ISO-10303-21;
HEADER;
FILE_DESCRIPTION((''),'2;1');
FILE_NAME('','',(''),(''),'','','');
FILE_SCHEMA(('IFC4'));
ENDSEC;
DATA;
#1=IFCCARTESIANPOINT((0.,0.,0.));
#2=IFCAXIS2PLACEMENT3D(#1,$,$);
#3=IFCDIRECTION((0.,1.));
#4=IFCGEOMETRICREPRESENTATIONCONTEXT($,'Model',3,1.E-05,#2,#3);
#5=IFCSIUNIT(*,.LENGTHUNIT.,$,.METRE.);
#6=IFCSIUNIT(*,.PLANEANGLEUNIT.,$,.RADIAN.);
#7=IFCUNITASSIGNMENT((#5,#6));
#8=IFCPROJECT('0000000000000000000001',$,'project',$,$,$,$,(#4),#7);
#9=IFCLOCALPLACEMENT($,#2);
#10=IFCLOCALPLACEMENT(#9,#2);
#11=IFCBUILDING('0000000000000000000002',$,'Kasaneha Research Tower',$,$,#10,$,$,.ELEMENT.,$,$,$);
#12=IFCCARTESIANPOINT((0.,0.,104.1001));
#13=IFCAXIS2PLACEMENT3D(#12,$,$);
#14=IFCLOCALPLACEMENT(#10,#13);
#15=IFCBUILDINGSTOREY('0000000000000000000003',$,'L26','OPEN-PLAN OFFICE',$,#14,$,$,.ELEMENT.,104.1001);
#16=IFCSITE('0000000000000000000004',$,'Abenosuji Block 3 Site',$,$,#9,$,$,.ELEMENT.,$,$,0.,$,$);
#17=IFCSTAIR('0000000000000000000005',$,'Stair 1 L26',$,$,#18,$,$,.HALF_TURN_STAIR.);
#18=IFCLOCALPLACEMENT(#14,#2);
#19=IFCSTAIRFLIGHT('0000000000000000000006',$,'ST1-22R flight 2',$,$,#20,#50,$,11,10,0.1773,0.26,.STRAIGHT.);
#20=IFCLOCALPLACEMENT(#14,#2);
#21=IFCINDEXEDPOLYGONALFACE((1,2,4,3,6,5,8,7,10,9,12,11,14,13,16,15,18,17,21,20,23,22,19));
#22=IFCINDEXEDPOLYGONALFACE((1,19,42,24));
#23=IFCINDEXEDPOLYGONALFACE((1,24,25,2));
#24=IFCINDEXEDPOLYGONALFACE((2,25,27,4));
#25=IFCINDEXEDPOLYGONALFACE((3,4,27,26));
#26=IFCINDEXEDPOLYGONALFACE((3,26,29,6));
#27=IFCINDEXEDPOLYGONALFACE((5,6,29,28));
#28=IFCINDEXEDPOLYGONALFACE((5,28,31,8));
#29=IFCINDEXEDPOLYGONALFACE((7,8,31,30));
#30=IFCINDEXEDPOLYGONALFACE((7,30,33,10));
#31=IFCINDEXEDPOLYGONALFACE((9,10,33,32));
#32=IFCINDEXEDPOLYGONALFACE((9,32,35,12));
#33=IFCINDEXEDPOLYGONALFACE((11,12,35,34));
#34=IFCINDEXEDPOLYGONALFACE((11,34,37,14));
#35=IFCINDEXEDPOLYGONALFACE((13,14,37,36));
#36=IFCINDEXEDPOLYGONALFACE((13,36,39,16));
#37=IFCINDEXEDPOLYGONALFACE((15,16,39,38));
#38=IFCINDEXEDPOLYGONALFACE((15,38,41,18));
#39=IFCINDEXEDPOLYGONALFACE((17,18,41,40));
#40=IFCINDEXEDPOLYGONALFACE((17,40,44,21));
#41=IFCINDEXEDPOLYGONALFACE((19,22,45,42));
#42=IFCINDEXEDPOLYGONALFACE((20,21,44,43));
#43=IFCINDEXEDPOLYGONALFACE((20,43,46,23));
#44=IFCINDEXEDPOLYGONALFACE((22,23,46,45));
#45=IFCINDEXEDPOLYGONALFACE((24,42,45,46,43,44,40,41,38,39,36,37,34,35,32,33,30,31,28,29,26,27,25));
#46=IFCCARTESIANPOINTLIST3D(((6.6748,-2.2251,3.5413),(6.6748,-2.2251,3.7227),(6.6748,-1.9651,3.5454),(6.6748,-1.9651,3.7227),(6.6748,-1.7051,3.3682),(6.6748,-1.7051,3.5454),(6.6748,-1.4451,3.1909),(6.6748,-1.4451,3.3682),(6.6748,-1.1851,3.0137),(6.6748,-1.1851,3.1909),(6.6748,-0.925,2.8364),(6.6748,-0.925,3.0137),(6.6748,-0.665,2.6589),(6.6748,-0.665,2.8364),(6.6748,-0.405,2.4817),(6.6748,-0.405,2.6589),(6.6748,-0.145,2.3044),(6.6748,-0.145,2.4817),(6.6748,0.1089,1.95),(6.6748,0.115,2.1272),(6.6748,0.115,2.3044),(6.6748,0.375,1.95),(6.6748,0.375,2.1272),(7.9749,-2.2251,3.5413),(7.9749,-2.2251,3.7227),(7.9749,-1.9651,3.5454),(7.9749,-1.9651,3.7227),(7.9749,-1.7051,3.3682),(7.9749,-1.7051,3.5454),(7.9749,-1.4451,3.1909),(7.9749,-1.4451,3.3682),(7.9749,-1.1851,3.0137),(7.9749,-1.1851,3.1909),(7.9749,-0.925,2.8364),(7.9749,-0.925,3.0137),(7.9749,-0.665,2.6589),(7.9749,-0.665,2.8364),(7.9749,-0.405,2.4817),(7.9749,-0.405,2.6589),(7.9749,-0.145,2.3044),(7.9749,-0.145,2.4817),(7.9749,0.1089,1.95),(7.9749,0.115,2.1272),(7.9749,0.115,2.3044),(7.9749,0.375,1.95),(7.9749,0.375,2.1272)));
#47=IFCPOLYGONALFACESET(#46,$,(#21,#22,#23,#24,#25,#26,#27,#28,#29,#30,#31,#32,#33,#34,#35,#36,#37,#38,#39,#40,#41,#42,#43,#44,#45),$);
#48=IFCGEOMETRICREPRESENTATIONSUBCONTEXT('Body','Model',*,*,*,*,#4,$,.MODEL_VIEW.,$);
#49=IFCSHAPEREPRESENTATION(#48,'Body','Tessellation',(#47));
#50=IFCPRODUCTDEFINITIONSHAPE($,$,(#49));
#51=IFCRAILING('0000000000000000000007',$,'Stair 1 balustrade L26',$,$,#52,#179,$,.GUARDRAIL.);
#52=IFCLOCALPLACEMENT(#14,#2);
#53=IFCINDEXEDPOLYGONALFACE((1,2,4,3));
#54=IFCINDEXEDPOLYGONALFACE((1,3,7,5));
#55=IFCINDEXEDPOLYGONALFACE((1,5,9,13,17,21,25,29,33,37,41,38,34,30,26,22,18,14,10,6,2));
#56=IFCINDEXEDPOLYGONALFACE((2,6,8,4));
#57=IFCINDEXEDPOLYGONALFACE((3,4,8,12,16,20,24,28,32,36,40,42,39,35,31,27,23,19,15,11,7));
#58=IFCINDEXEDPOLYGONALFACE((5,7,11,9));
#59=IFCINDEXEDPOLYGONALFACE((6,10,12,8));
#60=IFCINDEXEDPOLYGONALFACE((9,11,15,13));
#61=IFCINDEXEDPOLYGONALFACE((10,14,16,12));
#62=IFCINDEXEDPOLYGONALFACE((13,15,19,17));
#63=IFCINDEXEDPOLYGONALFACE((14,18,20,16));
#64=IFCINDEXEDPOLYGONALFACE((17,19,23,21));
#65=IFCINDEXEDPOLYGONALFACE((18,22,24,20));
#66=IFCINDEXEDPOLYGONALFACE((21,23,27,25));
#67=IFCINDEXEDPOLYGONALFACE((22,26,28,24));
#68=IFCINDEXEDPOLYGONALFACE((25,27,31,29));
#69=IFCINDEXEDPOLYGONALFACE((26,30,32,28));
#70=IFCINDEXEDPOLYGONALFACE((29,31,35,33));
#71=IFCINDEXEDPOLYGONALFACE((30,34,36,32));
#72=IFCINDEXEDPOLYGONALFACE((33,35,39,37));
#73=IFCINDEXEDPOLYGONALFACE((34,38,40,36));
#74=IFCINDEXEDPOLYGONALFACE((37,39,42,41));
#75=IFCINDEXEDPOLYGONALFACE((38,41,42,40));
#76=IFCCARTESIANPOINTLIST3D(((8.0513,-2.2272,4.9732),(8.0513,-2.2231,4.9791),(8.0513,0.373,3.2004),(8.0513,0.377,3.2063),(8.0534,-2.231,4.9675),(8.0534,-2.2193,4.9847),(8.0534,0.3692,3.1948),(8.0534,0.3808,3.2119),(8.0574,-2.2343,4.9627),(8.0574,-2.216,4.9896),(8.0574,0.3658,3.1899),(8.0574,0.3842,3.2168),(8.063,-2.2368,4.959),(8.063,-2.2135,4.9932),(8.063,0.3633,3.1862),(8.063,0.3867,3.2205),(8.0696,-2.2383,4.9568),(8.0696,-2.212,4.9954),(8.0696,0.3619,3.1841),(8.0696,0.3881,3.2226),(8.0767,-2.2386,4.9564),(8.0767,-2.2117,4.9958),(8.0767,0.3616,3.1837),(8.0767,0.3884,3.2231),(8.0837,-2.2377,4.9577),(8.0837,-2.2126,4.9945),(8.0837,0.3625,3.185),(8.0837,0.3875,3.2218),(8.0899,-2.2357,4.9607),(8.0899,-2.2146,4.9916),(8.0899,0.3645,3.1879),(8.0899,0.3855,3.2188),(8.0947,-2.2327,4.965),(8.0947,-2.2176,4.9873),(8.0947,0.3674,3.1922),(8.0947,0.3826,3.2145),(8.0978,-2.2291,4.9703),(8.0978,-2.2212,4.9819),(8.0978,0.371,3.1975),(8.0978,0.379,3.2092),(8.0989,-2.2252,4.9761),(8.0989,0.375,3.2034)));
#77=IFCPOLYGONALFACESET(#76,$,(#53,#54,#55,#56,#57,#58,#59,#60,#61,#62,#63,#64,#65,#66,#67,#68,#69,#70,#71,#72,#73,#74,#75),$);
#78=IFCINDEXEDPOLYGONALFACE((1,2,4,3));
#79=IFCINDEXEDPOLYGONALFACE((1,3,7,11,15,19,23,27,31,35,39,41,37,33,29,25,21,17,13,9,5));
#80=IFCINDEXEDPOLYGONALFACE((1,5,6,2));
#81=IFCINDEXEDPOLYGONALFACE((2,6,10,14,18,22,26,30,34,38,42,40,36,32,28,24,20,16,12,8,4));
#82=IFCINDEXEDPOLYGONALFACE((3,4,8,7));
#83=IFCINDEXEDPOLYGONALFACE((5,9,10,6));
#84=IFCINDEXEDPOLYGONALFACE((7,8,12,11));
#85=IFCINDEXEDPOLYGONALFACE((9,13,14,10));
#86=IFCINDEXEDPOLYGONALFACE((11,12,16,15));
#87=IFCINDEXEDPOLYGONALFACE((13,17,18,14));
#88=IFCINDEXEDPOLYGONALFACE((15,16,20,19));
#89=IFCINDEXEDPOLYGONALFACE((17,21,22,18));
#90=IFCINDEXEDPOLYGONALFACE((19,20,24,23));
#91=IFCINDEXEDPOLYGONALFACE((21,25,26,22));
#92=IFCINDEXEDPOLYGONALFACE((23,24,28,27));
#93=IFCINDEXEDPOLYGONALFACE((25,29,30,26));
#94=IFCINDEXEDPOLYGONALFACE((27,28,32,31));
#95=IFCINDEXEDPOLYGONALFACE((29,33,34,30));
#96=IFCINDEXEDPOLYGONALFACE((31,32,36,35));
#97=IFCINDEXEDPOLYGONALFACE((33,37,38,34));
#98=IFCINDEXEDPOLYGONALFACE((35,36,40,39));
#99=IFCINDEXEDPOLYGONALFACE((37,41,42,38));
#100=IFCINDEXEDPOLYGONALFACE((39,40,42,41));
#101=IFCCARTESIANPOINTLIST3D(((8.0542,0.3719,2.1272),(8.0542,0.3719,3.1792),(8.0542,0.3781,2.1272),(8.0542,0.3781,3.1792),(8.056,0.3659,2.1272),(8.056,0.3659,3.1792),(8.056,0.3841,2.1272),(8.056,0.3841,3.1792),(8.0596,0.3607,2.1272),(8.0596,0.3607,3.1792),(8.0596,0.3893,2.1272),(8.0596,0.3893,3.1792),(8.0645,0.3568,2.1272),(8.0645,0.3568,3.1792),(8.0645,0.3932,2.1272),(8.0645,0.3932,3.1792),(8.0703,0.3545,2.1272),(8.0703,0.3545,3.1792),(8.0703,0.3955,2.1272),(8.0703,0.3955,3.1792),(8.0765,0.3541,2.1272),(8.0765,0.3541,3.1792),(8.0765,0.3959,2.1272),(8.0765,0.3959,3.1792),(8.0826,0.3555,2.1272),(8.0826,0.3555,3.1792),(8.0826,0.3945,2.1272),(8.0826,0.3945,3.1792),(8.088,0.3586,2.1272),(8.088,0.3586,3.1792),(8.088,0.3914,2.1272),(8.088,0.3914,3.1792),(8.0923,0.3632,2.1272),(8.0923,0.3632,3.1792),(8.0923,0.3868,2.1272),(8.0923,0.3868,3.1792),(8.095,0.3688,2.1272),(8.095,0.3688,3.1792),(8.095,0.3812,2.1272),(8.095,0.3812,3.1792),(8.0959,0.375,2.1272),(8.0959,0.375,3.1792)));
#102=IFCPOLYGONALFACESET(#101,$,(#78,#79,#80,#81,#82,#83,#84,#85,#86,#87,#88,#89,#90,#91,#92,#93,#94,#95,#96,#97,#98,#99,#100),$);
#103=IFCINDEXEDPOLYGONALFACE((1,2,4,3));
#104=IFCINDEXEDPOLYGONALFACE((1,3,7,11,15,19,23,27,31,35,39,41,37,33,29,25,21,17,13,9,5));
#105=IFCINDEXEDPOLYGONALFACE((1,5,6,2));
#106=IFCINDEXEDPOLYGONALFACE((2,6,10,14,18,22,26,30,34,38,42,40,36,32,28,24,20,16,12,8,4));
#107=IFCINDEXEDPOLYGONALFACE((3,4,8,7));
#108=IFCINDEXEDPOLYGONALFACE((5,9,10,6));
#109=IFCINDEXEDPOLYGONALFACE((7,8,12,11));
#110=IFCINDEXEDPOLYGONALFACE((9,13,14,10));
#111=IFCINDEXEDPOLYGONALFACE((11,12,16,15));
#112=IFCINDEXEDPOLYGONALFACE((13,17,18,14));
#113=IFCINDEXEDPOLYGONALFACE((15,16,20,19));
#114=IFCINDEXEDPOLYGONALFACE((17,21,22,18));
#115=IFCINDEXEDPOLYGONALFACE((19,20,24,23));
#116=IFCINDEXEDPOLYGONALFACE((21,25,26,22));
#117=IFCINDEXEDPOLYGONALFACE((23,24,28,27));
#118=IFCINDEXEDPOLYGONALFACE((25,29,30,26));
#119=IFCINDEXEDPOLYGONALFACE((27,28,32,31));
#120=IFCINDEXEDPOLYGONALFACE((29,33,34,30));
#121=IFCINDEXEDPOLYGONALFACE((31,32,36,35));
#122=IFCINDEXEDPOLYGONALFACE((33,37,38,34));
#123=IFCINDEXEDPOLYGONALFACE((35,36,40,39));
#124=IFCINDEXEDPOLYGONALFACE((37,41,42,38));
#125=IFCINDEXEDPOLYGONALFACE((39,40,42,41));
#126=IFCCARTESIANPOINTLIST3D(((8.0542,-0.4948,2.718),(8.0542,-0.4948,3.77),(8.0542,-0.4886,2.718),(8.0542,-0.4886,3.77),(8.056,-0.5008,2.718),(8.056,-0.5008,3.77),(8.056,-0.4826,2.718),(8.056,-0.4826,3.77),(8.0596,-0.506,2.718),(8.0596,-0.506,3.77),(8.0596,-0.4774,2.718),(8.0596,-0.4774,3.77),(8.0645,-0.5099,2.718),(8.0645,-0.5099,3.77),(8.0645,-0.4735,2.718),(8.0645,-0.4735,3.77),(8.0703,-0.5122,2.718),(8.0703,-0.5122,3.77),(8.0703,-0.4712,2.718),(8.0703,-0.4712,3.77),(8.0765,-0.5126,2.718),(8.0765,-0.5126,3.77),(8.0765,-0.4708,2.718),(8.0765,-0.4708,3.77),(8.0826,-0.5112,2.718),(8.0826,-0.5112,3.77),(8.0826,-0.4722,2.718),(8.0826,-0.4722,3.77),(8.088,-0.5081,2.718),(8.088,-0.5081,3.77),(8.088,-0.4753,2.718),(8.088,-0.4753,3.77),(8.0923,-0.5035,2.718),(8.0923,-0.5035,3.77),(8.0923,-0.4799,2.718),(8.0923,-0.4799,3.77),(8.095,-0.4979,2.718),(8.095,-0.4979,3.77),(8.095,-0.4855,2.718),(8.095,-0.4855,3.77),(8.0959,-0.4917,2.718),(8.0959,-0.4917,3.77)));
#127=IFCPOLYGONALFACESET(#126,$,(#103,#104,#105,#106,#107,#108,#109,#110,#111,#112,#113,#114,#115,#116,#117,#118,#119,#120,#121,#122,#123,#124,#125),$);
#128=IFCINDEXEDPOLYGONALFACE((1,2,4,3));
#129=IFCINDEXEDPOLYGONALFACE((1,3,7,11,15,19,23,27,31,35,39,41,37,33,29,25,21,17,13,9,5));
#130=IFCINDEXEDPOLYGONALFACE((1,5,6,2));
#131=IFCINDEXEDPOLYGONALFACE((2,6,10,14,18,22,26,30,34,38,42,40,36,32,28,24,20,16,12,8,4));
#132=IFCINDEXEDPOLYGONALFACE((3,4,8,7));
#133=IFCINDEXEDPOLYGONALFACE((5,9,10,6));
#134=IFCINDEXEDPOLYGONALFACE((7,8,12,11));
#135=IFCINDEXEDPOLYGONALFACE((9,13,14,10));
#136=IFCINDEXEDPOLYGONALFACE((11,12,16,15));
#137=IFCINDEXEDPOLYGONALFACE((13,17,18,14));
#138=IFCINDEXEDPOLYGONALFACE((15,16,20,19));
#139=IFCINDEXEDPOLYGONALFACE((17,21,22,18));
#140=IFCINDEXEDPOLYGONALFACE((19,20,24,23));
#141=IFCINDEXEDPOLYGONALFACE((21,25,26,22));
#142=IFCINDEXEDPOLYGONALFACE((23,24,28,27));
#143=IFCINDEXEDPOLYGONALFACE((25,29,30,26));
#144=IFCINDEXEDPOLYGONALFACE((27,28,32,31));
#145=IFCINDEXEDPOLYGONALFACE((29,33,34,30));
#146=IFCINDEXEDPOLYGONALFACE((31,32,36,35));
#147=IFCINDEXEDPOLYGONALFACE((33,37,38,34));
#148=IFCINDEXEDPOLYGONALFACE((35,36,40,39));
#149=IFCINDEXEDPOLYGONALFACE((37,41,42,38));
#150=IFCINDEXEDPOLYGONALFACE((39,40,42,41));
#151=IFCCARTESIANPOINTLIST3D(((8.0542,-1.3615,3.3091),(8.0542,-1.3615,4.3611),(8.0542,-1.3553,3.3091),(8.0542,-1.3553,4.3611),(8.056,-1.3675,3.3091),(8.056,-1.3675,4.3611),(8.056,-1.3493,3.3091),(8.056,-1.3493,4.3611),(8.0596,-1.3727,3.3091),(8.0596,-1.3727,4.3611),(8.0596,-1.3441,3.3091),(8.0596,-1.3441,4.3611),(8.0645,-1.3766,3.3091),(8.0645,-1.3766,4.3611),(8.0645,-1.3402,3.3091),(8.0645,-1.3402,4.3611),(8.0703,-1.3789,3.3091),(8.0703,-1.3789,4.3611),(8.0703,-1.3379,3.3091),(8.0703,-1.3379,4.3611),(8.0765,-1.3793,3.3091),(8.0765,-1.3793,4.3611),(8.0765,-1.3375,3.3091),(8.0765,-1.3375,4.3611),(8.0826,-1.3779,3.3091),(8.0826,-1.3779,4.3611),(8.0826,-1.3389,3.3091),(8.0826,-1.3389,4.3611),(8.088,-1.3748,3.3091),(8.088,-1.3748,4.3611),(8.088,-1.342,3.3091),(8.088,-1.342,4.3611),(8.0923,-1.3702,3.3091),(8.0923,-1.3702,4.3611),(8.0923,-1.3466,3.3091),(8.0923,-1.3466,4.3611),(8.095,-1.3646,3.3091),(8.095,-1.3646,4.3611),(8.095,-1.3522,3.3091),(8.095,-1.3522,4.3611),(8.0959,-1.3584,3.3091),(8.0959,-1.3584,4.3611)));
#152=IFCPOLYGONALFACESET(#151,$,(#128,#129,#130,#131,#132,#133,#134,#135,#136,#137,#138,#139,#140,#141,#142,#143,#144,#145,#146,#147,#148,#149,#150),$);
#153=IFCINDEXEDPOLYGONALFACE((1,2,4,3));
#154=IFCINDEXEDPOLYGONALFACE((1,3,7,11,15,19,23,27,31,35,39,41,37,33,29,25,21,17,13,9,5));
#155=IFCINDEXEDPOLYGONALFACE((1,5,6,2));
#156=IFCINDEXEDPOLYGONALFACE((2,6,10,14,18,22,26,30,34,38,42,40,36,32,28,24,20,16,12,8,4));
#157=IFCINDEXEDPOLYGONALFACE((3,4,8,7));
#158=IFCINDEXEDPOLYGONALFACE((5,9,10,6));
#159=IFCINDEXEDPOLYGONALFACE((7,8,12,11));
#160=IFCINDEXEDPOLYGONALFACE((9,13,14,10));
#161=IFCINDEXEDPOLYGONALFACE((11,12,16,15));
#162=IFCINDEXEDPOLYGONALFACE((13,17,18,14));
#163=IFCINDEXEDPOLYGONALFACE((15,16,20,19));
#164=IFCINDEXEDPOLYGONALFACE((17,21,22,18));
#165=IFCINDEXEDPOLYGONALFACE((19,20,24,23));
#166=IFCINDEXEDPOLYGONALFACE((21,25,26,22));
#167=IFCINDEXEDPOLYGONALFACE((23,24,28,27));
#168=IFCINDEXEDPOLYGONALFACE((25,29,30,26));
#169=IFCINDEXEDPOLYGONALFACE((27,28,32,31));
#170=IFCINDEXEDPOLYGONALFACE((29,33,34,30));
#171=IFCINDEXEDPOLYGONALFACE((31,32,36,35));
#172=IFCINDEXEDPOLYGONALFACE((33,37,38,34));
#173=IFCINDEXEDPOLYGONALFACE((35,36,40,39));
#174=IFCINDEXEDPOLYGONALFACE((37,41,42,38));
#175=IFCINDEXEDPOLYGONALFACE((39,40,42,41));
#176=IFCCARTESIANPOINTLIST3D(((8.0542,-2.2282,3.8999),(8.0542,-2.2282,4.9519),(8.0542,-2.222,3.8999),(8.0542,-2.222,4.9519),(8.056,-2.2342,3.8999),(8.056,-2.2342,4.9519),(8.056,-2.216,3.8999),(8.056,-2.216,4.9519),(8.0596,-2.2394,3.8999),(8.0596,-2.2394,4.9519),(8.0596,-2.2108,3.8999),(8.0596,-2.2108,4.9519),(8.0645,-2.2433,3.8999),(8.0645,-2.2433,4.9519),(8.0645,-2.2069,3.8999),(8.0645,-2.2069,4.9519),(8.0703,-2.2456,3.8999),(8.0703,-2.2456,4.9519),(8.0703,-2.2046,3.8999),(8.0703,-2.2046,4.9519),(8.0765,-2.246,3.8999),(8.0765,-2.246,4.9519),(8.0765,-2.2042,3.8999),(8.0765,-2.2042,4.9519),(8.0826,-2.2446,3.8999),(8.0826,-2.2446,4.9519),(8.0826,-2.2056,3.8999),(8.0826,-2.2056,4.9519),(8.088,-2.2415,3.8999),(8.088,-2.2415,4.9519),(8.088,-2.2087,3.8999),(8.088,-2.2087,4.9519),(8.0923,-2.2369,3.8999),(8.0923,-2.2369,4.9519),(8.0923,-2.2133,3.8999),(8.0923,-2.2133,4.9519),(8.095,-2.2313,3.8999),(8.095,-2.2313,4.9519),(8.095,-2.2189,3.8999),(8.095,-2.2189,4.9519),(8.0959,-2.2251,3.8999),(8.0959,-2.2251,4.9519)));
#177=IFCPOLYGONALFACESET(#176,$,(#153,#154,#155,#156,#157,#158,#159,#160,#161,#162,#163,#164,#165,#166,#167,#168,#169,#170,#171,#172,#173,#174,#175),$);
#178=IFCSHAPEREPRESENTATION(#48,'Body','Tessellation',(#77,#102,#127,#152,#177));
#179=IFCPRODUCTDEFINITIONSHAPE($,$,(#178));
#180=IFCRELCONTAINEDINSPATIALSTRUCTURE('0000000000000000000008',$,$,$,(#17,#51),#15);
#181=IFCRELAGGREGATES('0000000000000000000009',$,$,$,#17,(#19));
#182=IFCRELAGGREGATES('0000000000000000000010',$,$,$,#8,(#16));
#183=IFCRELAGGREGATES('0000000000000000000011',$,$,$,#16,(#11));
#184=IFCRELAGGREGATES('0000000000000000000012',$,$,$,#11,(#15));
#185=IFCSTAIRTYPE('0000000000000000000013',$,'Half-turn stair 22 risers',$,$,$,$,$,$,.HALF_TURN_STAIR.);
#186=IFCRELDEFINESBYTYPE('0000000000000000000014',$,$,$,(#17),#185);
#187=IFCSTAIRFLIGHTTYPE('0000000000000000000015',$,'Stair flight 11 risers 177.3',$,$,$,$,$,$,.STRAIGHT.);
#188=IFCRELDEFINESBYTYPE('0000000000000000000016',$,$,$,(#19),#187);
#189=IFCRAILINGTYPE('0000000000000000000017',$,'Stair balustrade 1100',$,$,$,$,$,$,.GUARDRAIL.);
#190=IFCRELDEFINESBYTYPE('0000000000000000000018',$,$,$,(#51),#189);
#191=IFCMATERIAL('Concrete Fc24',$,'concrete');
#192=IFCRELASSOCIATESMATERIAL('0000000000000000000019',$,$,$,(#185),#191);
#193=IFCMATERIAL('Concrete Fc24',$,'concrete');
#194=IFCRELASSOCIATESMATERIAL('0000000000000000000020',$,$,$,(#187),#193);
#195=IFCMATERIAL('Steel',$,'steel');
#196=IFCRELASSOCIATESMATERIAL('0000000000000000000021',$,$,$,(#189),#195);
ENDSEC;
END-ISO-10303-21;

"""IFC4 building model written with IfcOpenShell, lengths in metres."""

from ifc_helpers import new_model, si_unit, direction, frame, origin, origin_2d, place, context, subcontext, project, spatial, polyline, circle, outline, extrude, material, type_object, element, aggregate, save


model = new_model("IFC4")

# Units and contexts
model_context = context("Model", 3, precision=1e-05, world=origin(), true_north=direction((0.0, 1.0)))
body_context = subcontext(model_context, "Body", "Model", "MODEL_VIEW")
ifc_project = project(units=[si_unit("LENGTHUNIT", "METRE"), si_unit("PLANEANGLEUNIT", "RADIAN")], contexts=[model_context])

# Site, building, storey
site_placement = place(None, origin())
site = spatial("IfcSite", under=ifc_project, at=site_placement, Name="Abenosuji Block 3 Site", CompositionType="ELEMENT", RefElevation=0.0)
building_placement = place(site_placement, origin())
building = spatial("IfcBuilding", under=site, at=building_placement, Name="Kasaneha Research Tower", CompositionType="ELEMENT")
storey_placement = place(building_placement, frame((0.0, 0.0, 104.1001)))
storey = spatial("IfcBuildingStorey", under=building, at=storey_placement, Name="L26", Description="OPEN-PLAN OFFICE", CompositionType="ELEMENT", Elevation=104.1001)

# Stair, stair flight
ifc_material_1 = material(Name="Concrete Fc24", Category="concrete")
stair_type = type_object("IfcStairType", Name="Half-turn stair 22 risers", PredefinedType="HALF_TURN_STAIR", material=ifc_material_1)
stair_placement = place(storey_placement, origin())
stair = element("IfcStair", 1, at=stair_placement, inside=storey, type_object=stair_type, Name="Stair 1 L26", PredefinedType="HALF_TURN_STAIR")
ifc_material_2 = material(Name="Concrete Fc24", Category="concrete")
stair_flight_type = type_object("IfcStairFlightType", Name="Stair flight 11 risers 177.3", PredefinedType="STRAIGHT", material=ifc_material_2)
stair_flight_placement = place(storey_placement, frame((7.325, 0.375, 1.95), z_axis=(0.0, 0.0, 1.0), x_axis=(0.0, -1.0, 0.0)))
stair_flight = element("IfcStairFlight", 2, at=stair_flight_placement, type_object=stair_flight_type, Name="ST1-22R flight 2", NumberOfRisers=11, NumberOfTreads=10, PredefinedType="STRAIGHT", RiserHeight=0.1773, TreadLength=0.26, context=body_context, shape_type="SweptSolid", body=[
    extrude(outline(polyline([(0.0, 0.0), (0.0, 0.1772), (0.26, 0.1772), (0.26, 0.3545), (0.52, 0.3545), (0.52, 0.5317), (0.78, 0.5317), (0.78, 0.709), (1.04, 0.709), (1.04, 0.8865), (1.3, 0.8865), (1.3, 1.0637), (1.5601, 1.0637), (1.5601, 1.241), (1.8201, 1.241), (1.8201, 1.4182), (2.0801, 1.4182), (2.0801, 1.5955), (2.3401, 1.5955), (2.3401, 1.7727), (2.6001, 1.7727), (2.6001, 1.95), (2.6001, 1.5913), (0.2661, 0.0), (0.0, 0.0)])), frame((0.0, 0.6499, 0.0), z_axis=(0.0, -1.0, 0.0), x_axis=(1.0, 0.0, 0.0)), (0.0, 0.0, 1.0), 1.3),
])
aggregate(stair, [stair_flight])

# Railing
ifc_material_3 = material(Name="Steel", Category="steel")
railing_type_1 = type_object("IfcRailingType", Name="Stair balustrade 1100", PredefinedType="GUARDRAIL", material=ifc_material_3)
railing_1_placement = place(storey_placement, frame((8.075, 0.375, 2.1272)))
element("IfcRailing", 3, at=railing_1_placement, inside=storey, type_object=railing_type_1, Name="Stair 1 balustrade L26", PredefinedType="GUARDRAIL", context=body_context, shape_type="SweptSolid", body=[
    extrude(circle(Radius=0.0239, at=origin_2d()), frame((0.0, 0.0, 1.0762), z_axis=(0.0, -0.82624, 0.563318), x_axis=(1.0, 0.0, 0.0)), (0.0, 0.0, 1.0), 3.147),
    extrude(circle(Radius=0.021, at=origin_2d()), origin(), (0.0, 0.0, 1.0), 1.052),
    extrude(circle(Radius=0.021, at=origin_2d()), frame((0.0, -0.8667, 0.5908)), (0.0, 0.0, 1.0), 1.052),
    extrude(circle(Radius=0.021, at=origin_2d()), frame((0.0, -1.7334, 1.1819)), (0.0, 0.0, 1.0), 1.052),
    extrude(circle(Radius=0.021, at=origin_2d()), frame((0.0, -2.6001, 1.7727)), (0.0, 0.0, 1.0), 1.052),
])

save(model, "model.ifc")
